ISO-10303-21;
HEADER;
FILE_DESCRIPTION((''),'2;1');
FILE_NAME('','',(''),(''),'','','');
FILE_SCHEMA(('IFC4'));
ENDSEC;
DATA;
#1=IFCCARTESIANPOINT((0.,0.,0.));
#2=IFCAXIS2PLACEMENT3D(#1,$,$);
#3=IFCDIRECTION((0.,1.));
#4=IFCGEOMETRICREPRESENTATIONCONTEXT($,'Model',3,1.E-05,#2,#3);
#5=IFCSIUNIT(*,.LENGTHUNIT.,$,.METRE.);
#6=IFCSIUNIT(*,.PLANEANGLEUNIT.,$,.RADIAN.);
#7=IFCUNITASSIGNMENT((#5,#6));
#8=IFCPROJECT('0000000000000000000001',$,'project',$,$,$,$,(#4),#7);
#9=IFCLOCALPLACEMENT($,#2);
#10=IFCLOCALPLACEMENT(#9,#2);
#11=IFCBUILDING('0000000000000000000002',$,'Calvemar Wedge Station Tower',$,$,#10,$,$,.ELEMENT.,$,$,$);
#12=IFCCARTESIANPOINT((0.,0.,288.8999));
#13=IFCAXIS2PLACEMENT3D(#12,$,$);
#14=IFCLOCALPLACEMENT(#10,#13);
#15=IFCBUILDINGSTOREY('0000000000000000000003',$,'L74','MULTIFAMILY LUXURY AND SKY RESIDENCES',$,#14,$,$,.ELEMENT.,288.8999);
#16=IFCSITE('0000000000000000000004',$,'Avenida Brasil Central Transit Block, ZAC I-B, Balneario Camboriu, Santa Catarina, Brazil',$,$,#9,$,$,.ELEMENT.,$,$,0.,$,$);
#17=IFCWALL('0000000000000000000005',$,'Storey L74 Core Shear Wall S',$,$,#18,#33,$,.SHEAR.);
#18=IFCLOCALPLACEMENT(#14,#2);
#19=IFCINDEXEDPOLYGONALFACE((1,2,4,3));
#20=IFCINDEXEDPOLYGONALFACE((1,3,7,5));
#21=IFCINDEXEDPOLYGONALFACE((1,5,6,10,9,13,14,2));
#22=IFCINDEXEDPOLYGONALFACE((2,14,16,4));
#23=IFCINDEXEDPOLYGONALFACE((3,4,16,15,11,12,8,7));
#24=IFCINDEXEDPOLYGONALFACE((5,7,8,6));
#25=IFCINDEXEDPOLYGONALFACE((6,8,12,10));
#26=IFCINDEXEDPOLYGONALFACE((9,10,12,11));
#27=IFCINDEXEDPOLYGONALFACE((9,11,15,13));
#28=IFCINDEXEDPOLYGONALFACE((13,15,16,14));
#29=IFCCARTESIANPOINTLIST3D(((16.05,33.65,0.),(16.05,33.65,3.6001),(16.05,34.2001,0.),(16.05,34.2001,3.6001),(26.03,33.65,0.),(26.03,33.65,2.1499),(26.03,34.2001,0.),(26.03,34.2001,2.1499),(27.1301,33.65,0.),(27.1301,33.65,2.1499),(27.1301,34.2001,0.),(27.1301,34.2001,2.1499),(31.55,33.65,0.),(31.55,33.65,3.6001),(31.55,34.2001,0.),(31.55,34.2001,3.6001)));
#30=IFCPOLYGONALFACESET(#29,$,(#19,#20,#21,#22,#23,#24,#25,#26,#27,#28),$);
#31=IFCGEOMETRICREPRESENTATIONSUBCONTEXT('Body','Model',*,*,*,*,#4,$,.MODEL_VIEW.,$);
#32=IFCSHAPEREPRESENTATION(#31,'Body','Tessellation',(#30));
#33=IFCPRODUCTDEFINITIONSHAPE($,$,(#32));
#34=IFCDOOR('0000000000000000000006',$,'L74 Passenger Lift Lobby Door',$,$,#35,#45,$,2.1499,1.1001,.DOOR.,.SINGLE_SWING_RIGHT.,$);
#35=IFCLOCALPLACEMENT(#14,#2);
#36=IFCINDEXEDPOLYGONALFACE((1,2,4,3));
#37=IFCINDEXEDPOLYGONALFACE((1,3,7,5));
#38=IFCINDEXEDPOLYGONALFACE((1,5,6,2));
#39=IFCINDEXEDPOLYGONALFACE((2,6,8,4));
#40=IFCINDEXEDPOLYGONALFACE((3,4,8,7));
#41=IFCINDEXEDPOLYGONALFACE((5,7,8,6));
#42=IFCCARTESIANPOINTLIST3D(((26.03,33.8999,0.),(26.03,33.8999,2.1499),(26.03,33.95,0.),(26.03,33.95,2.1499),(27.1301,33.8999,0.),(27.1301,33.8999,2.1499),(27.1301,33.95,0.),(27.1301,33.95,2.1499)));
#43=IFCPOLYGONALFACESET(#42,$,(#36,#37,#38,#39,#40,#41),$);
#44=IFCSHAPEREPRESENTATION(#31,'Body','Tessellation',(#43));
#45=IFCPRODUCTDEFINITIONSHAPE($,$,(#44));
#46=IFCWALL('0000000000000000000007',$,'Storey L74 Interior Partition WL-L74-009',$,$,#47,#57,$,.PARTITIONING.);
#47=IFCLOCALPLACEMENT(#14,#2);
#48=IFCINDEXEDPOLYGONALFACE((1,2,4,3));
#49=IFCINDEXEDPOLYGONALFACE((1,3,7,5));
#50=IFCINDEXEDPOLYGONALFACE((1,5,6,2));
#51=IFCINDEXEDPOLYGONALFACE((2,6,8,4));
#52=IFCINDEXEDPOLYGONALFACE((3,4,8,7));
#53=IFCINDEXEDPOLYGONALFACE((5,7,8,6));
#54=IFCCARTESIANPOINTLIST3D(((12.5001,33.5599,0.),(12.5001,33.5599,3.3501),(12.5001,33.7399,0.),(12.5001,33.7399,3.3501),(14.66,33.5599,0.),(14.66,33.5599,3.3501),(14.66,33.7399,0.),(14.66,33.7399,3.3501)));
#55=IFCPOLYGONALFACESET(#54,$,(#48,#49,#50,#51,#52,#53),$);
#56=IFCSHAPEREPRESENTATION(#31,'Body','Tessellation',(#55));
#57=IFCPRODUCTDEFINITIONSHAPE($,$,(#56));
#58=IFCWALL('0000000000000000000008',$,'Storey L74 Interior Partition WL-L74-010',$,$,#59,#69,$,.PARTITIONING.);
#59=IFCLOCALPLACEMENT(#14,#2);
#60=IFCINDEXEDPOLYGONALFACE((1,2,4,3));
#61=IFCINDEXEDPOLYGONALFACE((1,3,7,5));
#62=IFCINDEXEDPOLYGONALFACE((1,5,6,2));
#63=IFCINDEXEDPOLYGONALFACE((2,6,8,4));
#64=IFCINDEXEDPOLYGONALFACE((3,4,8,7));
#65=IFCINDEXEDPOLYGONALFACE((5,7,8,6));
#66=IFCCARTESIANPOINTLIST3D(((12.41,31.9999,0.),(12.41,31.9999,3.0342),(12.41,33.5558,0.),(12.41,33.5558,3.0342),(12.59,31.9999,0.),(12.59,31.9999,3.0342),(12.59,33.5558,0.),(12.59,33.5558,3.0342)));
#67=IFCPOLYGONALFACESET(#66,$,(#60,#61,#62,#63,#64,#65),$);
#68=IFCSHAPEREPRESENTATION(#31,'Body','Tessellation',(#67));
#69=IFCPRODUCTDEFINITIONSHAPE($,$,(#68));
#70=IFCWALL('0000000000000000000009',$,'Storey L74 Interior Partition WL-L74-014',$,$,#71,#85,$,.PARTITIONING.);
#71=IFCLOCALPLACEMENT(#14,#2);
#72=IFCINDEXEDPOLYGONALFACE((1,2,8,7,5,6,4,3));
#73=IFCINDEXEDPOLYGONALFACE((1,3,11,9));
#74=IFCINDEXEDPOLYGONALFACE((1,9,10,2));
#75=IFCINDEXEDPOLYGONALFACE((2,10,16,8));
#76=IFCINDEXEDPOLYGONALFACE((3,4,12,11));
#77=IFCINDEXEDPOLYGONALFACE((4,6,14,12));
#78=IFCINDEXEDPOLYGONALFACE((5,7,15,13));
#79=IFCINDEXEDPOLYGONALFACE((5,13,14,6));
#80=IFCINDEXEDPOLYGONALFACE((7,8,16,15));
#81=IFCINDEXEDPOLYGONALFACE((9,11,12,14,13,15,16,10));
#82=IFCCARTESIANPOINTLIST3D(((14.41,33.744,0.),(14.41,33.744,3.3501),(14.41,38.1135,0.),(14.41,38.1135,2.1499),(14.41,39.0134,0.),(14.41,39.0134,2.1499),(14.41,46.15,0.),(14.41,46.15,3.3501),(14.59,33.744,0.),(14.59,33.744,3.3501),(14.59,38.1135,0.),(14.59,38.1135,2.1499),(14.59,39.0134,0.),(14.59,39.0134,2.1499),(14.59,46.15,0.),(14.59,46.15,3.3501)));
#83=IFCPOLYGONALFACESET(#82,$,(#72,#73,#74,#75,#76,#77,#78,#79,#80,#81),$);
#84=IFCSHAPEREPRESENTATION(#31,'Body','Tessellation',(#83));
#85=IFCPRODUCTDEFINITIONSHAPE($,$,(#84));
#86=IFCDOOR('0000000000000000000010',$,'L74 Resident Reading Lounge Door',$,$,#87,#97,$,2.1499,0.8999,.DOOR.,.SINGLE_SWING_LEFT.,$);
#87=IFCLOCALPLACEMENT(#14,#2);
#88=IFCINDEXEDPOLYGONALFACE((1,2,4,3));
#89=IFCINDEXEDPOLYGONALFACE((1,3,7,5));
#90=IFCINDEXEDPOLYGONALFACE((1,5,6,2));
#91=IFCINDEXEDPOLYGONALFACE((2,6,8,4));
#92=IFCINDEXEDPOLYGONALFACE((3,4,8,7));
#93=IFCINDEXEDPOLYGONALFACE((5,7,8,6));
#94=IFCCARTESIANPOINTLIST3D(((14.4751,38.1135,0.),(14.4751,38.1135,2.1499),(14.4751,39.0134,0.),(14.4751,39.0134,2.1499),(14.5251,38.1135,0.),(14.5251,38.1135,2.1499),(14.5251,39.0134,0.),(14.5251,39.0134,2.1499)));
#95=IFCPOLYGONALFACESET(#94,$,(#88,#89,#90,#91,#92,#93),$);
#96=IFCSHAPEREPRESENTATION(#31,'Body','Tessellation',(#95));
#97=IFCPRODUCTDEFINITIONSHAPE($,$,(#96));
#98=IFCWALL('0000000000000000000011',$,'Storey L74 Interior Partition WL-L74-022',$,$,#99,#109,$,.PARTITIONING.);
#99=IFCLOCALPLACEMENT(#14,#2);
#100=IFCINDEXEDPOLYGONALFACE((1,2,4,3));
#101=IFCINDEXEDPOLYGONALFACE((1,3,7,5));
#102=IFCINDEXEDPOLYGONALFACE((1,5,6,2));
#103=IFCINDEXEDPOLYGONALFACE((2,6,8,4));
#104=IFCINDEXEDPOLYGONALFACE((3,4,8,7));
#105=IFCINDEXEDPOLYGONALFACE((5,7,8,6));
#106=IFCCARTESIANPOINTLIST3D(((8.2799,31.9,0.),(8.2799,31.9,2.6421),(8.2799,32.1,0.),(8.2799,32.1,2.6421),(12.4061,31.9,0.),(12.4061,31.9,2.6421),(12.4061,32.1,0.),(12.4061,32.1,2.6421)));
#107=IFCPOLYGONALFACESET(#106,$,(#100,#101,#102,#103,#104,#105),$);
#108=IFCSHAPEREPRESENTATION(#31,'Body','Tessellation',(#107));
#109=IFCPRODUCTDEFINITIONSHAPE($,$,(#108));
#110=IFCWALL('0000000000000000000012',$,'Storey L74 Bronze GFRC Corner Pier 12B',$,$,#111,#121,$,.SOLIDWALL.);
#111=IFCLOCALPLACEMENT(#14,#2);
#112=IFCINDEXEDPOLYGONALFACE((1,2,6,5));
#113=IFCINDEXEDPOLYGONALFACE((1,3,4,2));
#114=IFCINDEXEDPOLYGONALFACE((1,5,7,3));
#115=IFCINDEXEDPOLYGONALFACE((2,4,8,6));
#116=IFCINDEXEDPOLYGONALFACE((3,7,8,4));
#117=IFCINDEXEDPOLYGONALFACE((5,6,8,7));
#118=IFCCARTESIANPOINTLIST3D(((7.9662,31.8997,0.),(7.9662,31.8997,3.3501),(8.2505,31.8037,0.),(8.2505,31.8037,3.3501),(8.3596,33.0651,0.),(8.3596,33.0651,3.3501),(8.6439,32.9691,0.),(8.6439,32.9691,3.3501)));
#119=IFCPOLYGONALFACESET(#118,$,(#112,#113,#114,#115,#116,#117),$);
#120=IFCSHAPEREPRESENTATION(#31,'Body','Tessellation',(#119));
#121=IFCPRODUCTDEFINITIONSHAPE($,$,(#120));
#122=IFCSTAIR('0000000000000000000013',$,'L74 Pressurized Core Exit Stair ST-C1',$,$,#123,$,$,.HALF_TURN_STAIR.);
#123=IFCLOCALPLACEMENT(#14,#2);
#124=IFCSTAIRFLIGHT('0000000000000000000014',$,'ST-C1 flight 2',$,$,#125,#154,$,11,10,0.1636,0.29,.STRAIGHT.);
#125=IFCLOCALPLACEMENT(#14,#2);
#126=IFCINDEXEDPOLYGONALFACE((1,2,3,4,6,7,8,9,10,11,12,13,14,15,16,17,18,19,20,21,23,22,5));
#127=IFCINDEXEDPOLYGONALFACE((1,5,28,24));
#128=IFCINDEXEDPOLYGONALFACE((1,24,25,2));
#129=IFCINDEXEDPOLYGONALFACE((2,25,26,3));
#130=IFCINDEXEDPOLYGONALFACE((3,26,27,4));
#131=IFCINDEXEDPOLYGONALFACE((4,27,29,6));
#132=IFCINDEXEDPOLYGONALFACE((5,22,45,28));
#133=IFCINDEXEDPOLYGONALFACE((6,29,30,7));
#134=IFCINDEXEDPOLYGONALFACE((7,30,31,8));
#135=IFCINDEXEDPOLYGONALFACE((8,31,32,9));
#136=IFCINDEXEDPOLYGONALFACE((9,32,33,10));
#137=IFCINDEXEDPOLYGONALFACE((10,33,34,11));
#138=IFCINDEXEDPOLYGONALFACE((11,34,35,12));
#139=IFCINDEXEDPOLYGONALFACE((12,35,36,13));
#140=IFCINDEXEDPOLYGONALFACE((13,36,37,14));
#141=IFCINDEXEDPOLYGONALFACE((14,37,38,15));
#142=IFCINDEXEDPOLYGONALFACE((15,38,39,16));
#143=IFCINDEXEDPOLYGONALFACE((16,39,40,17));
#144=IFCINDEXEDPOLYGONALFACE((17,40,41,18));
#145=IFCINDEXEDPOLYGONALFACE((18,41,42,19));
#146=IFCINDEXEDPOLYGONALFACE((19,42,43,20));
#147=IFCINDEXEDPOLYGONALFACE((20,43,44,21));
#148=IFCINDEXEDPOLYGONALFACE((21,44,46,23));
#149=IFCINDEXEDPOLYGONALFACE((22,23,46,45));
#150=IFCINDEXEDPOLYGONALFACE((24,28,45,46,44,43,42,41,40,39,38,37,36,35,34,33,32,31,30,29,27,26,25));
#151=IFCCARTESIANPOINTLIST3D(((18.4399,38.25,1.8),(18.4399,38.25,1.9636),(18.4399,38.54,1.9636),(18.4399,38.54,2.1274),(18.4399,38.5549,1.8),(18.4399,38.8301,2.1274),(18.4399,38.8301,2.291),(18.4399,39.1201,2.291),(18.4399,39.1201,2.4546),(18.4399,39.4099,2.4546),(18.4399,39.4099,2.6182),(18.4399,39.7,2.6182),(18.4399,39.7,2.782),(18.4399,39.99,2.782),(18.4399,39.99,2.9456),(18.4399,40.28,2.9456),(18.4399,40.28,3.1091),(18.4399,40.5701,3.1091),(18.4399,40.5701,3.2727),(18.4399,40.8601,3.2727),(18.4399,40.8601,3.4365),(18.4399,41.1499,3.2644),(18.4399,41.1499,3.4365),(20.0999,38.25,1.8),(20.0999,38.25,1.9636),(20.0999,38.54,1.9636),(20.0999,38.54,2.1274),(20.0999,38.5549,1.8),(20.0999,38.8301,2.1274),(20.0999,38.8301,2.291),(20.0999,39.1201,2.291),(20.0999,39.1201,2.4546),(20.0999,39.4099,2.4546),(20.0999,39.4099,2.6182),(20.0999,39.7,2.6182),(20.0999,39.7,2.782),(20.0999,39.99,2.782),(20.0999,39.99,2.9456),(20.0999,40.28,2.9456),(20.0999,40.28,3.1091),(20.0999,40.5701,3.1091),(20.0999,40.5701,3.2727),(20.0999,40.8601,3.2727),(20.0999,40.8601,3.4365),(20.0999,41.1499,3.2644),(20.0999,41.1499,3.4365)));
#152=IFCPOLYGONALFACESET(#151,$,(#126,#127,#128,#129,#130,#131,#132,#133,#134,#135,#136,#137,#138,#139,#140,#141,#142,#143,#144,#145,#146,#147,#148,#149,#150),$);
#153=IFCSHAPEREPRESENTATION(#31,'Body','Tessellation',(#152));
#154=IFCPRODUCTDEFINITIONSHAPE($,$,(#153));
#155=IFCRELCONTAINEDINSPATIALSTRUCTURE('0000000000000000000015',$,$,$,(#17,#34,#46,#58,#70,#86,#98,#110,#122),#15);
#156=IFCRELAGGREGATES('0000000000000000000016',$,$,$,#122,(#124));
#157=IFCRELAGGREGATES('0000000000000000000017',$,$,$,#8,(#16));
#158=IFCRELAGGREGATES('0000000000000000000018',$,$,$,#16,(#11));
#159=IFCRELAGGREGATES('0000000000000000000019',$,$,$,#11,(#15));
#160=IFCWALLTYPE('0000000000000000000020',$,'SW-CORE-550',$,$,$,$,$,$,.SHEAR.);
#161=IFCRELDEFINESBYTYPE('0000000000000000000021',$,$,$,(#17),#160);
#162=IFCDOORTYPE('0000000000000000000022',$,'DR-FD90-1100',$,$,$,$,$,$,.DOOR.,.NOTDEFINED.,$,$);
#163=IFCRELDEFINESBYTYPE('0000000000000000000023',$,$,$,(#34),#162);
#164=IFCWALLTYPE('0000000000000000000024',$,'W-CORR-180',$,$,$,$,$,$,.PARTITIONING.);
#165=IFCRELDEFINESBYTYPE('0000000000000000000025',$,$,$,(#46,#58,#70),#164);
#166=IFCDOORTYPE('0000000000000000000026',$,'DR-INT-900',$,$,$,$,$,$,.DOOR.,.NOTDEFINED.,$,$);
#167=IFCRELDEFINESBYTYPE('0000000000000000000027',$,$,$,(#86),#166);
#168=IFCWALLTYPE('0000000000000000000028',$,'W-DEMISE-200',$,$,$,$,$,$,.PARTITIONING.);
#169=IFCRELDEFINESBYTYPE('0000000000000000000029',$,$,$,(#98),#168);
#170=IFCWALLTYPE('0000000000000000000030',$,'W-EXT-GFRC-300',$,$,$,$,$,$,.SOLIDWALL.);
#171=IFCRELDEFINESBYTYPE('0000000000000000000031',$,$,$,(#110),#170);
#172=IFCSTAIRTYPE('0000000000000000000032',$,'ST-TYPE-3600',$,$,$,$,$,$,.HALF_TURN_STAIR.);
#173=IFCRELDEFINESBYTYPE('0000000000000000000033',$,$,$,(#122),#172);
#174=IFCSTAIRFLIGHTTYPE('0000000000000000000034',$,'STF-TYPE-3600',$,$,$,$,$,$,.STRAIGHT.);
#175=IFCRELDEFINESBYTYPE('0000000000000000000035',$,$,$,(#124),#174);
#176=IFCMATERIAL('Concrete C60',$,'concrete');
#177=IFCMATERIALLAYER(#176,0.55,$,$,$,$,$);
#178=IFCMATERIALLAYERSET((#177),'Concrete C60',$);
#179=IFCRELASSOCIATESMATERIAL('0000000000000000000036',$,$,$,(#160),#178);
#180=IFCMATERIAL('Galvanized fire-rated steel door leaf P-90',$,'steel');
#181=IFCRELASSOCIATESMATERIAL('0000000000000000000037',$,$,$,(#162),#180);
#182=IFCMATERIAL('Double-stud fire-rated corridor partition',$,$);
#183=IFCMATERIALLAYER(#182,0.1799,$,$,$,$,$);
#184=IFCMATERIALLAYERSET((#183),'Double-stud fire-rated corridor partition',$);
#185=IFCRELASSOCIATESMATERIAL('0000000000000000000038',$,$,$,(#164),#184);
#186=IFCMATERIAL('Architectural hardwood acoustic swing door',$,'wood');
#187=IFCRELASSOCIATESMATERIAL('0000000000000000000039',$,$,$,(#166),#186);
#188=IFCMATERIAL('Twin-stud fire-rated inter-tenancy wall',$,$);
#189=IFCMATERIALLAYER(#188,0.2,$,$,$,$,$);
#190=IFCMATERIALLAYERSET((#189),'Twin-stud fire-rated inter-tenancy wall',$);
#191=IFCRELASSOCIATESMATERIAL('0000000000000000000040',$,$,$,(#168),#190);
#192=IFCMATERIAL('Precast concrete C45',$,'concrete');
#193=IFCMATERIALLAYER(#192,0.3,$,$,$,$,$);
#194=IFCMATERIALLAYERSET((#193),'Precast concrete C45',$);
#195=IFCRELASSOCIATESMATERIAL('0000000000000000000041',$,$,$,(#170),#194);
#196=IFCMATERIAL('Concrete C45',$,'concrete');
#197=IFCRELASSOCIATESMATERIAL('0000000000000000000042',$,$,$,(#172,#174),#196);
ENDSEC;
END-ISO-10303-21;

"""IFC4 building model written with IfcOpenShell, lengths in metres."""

from ifc_helpers import new_model, si_unit, direction, frame, frame_2d, origin, place, context, subcontext, project, spatial, polyline, rectangle, outline, extrude, source, transform, mapped, material, layer, layer_set, type_object, element, fill, aggregate, save


model = new_model("IFC4")

# Units and contexts
model_context = context("Model", 3, precision=1e-05, world=origin(), true_north=direction((0.0, 1.0)))
body_context = subcontext(model_context, "Body", "Model", "MODEL_VIEW")
ifc_project = project(units=[si_unit("LENGTHUNIT", "METRE"), si_unit("PLANEANGLEUNIT", "RADIAN")], contexts=[model_context])

# Site, building, storey
site_placement = place(None, origin())
site = spatial("IfcSite", under=ifc_project, at=site_placement, Name="Avenida Brasil Central Transit Block, ZAC I-B, Balneario Camboriu, Santa Catarina, Brazil", CompositionType="ELEMENT", RefElevation=0.0)
building_placement = place(site_placement, origin())
building = spatial("IfcBuilding", under=site, at=building_placement, Name="Calvemar Wedge Station Tower", CompositionType="ELEMENT")
storey_placement = place(building_placement, frame((0.0, 0.0, 288.8999)))
storey = spatial("IfcBuildingStorey", under=building, at=storey_placement, Name="L74", Description="MULTIFAMILY LUXURY AND SKY RESIDENCES", CompositionType="ELEMENT", Elevation=288.8999)

# Wall, opening, door
ifc_material_1 = material(Name="Concrete C60", Category="concrete")
ifc_layer_1 = layer(ifc_material_1, 0.55)
ifc_layer_set_1 = layer_set([ifc_layer_1], Name="Concrete C60")
wall_type_1 = type_object("IfcWallType", Name="SW-CORE-550", PredefinedType="SHEAR", material=ifc_layer_set_1)
wall_1_placement = place(storey_placement, frame((16.05, 33.925, 0.0), z_axis=(0.0, 0.0, 1.0), x_axis=(1.0, 0.0, 0.0)))
wall_1 = element("IfcWall", 1, at=wall_1_placement, inside=storey, type_object=wall_type_1, Name="Storey L74 Core Shear Wall S", PredefinedType="SHEAR", context=body_context, shape_type="SweptSolid", body=[
    extrude(rectangle(XDim=15.5, YDim=0.55, at=frame_2d((7.75, 0.0))), origin(), (0.0, 0.0, 1.0), 3.6001),
])
shared_shape_1 = source(origin(), body_context, "Body", "SweptSolid", [
    extrude(rectangle(XDim=1.1001, YDim=2.1499, at=frame_2d((0.55, 1.075))), frame((0.0, 0.2852, 0.0), z_axis=(0.0, -1.0, 0.0), x_axis=(1.0, 0.0, 0.0)), (0.0, 0.0, 1.0), 0.5701),
])
opening_1_placement = place(wall_1_placement, frame((9.98, 0.0, 0.0)))
opening_1 = element("IfcOpeningElement", 2, at=opening_1_placement, cuts=wall_1, PredefinedType="OPENING", context=body_context, shape_type="MappedRepresentation", body=[
    mapped(shared_shape_1, transform((0.0, 0.0, 0.0), scale=1.0)),
])
ifc_material_2 = material(Name="Galvanized fire-rated steel door leaf P-90", Category="steel")
door_type_1 = type_object("IfcDoorType", Name="DR-FD90-1100", OperationType="NOTDEFINED", PredefinedType="DOOR", material=ifc_material_2)
shared_shape_2 = source(origin(), body_context, "Body", "SweptSolid", [
    extrude(rectangle(XDim=1.1001, YDim=2.1499, at=frame_2d((0.55, 1.075))), frame((0.0, 0.0249, 0.0), z_axis=(0.0, -1.0, 0.0), x_axis=(1.0, 0.0, 0.0)), (0.0, 0.0, 1.0), 0.05),
])
door_1_placement = place(opening_1_placement, origin())
door_1 = element("IfcDoor", 3, at=door_1_placement, inside=storey, type_object=door_type_1, Name="L74 Passenger Lift Lobby Door", OperationType="SINGLE_SWING_RIGHT", OverallHeight=2.1499, OverallWidth=1.1001, PredefinedType="DOOR", context=body_context, shape_type="MappedRepresentation", body=[
    mapped(shared_shape_2, transform((0.0, 0.0, 0.0), scale=1.0)),
])
fill(opening_1, door_1)

# Walls
ifc_material_3 = material(Name="Double-stud fire-rated corridor partition")
ifc_layer_2 = layer(ifc_material_3, 0.1799)
ifc_layer_set_2 = layer_set([ifc_layer_2], Name="Double-stud fire-rated corridor partition")
wall_type_2 = type_object("IfcWallType", Name="W-CORR-180", PredefinedType="PARTITIONING", material=ifc_layer_set_2)
wall_2_placement = place(storey_placement, frame((12.5, 33.6499, 0.0), z_axis=(0.0, 0.0, 1.0), x_axis=(1.0, 0.0, 0.0)))
element("IfcWall", 4, at=wall_2_placement, inside=storey, type_object=wall_type_2, Name="Storey L74 Interior Partition WL-L74-009", PredefinedType="PARTITIONING", context=body_context, shape_type="SweptSolid", body=[
    extrude(rectangle(XDim=2.1599, YDim=0.1799, at=frame_2d((1.0801, 0.0))), origin(), (0.0, 0.0, 1.0), 3.3501),
])
wall_3_placement = place(storey_placement, frame((12.5, 32.0, 0.0), z_axis=(0.0, 0.0, 1.0), x_axis=(0.0, 1.0, 0.0)))
element("IfcWall", 5, at=wall_3_placement, inside=storey, type_object=wall_type_2, Name="Storey L74 Interior Partition WL-L74-010", PredefinedType="PARTITIONING", context=body_context, shape_type="SweptSolid", body=[
    extrude(rectangle(XDim=1.5559, YDim=0.1799, at=frame_2d((0.7778, 0.0))), origin(), (0.0, 0.0, 1.0), 3.0342),
])

# Wall, opening, door
shared_shape_3 = source(origin(), body_context, "Body", "SweptSolid", [
    extrude(rectangle(XDim=0.8999, YDim=2.1499, at=frame_2d((0.45, 1.075))), frame((0.0, 0.1001, 0.0), z_axis=(0.0, -1.0, 0.0), x_axis=(1.0, 0.0, 0.0)), (0.0, 0.0, 1.0), 0.2),
])
wall_4_placement = place(storey_placement, frame((14.5, 33.7439, 0.0), z_axis=(0.0, 0.0, 1.0), x_axis=(0.0, 1.0, 0.0)))
wall_4 = element("IfcWall", 6, at=wall_4_placement, inside=storey, type_object=wall_type_2, Name="Storey L74 Interior Partition WL-L74-014", PredefinedType="PARTITIONING", context=body_context, shape_type="SweptSolid", body=[
    extrude(rectangle(XDim=12.406, YDim=0.1799, at=frame_2d((6.2031, 0.0))), origin(), (0.0, 0.0, 1.0), 3.3501),
])
opening_2_placement = place(wall_4_placement, frame((4.3696, 0.0, 0.0)))
opening_2 = element("IfcOpeningElement", 7, at=opening_2_placement, cuts=wall_4, PredefinedType="OPENING", context=body_context, shape_type="MappedRepresentation", body=[
    mapped(shared_shape_3, transform((0.0, 0.0, 0.0), scale=1.0)),
])
ifc_material_4 = material(Name="Architectural hardwood acoustic swing door", Category="wood")
door_type_2 = type_object("IfcDoorType", Name="DR-INT-900", OperationType="NOTDEFINED", PredefinedType="DOOR", material=ifc_material_4)
shared_shape_4 = source(origin(), body_context, "Body", "SweptSolid", [
    extrude(rectangle(XDim=0.8999, YDim=2.1499, at=frame_2d((0.45, 1.075))), frame((0.0, 0.0249, 0.0), z_axis=(0.0, -1.0, 0.0), x_axis=(1.0, 0.0, 0.0)), (0.0, 0.0, 1.0), 0.05),
])
door_2_placement = place(opening_2_placement, origin())
door_2 = element("IfcDoor", 8, at=door_2_placement, inside=storey, type_object=door_type_2, Name="L74 Resident Reading Lounge Door", OperationType="SINGLE_SWING_LEFT", OverallHeight=2.1499, OverallWidth=0.8999, PredefinedType="DOOR", context=body_context, shape_type="MappedRepresentation", body=[
    mapped(shared_shape_4, transform((0.0, 0.0, 0.0), scale=1.0)),
])
fill(opening_2, door_2)

# Walls
ifc_material_5 = material(Name="Twin-stud fire-rated inter-tenancy wall")
ifc_layer_3 = layer(ifc_material_5, 0.2)
ifc_layer_set_3 = layer_set([ifc_layer_3], Name="Twin-stud fire-rated inter-tenancy wall")
wall_type_3 = type_object("IfcWallType", Name="W-DEMISE-200", PredefinedType="PARTITIONING", material=ifc_layer_set_3)
wall_5_placement = place(storey_placement, frame((12.406, 32.0, 0.0), z_axis=(0.0, 0.0, 1.0), x_axis=(-1.0, 0.0, 0.0)))
element("IfcWall", 9, at=wall_5_placement, inside=storey, type_object=wall_type_3, Name="Storey L74 Interior Partition WL-L74-022", PredefinedType="PARTITIONING", context=body_context, shape_type="SweptSolid", body=[
    extrude(rectangle(XDim=4.1262, YDim=0.2, at=frame_2d((2.063, 0.0))), origin(), (0.0, 0.0, 1.0), 2.6421),
])
ifc_material_6 = material(Name="Precast concrete C45", Category="concrete")
ifc_layer_4 = layer(ifc_material_6, 0.3)
ifc_layer_set_4 = layer_set([ifc_layer_4], Name="Precast concrete C45")
wall_type_4 = type_object("IfcWallType", Name="W-EXT-GFRC-300", PredefinedType="SOLIDWALL", material=ifc_layer_set_4)
wall_6_placement = place(storey_placement, frame((8.5017, 33.0171, 0.0), z_axis=(0.0, 0.0, 1.0), x_axis=(-0.319799, -0.947486, 0.0)))
element("IfcWall", 10, at=wall_6_placement, inside=storey, type_object=wall_type_4, Name="Storey L74 Bronze GFRC Corner Pier 12B", PredefinedType="SOLIDWALL", context=body_context, shape_type="SweptSolid", body=[
    extrude(rectangle(XDim=1.23, YDim=0.3, at=frame_2d((0.615, 0.0))), origin(), (0.0, 0.0, 1.0), 3.3501),
])

# Stair, stair flight
ifc_material_7 = material(Name="Concrete C45", Category="concrete")
stair_type = type_object("IfcStairType", Name="ST-TYPE-3600", PredefinedType="HALF_TURN_STAIR", material=ifc_material_7)
stair_placement = place(storey_placement, origin())
stair = element("IfcStair", 11, at=stair_placement, inside=storey, type_object=stair_type, Name="L74 Pressurized Core Exit Stair ST-C1", PredefinedType="HALF_TURN_STAIR")
stair_flight_type = type_object("IfcStairFlightType", Name="STF-TYPE-3600", PredefinedType="STRAIGHT", material=ifc_material_7)
stair_flight_placement = place(storey_placement, frame((19.27, 38.25, 1.8), z_axis=(0.0, 0.0, 1.0), x_axis=(0.0, 1.0, 0.0)))
stair_flight = element("IfcStairFlight", 12, at=stair_flight_placement, type_object=stair_flight_type, Name="ST-C1 flight 2", NumberOfRisers=11, NumberOfTreads=10, PredefinedType="STRAIGHT", RiserHeight=0.1636, TreadLength=0.29, context=body_context, shape_type="SweptSolid", body=[
    extrude(outline(polyline([(0.0, 0.0), (0.0, 0.1636), (0.29, 0.1636), (0.29, 0.3274), (0.5801, 0.3274), (0.5801, 0.491), (0.8701, 0.491), (0.8701, 0.6545), (1.1599, 0.6545), (1.1599, 0.8181), (1.45, 0.8181), (1.45, 0.9819), (1.74, 0.9819), (1.74, 1.1455), (2.03, 1.1455), (2.03, 1.3091), (2.3201, 1.3091), (2.3201, 1.4727), (2.6101, 1.4727), (2.6101, 1.6365), (2.8999, 1.6365), (2.8999, 1.8), (2.8999, 1.4644), (0.3049, 0.0), (0.0, 0.0)])), frame((0.0, 0.8301, 0.0), z_axis=(0.0, -1.0, 0.0), x_axis=(1.0, 0.0, 0.0)), (0.0, 0.0, 1.0), 1.6599),
])
aggregate(stair, [stair_flight])

save(model, "model.ifc")
